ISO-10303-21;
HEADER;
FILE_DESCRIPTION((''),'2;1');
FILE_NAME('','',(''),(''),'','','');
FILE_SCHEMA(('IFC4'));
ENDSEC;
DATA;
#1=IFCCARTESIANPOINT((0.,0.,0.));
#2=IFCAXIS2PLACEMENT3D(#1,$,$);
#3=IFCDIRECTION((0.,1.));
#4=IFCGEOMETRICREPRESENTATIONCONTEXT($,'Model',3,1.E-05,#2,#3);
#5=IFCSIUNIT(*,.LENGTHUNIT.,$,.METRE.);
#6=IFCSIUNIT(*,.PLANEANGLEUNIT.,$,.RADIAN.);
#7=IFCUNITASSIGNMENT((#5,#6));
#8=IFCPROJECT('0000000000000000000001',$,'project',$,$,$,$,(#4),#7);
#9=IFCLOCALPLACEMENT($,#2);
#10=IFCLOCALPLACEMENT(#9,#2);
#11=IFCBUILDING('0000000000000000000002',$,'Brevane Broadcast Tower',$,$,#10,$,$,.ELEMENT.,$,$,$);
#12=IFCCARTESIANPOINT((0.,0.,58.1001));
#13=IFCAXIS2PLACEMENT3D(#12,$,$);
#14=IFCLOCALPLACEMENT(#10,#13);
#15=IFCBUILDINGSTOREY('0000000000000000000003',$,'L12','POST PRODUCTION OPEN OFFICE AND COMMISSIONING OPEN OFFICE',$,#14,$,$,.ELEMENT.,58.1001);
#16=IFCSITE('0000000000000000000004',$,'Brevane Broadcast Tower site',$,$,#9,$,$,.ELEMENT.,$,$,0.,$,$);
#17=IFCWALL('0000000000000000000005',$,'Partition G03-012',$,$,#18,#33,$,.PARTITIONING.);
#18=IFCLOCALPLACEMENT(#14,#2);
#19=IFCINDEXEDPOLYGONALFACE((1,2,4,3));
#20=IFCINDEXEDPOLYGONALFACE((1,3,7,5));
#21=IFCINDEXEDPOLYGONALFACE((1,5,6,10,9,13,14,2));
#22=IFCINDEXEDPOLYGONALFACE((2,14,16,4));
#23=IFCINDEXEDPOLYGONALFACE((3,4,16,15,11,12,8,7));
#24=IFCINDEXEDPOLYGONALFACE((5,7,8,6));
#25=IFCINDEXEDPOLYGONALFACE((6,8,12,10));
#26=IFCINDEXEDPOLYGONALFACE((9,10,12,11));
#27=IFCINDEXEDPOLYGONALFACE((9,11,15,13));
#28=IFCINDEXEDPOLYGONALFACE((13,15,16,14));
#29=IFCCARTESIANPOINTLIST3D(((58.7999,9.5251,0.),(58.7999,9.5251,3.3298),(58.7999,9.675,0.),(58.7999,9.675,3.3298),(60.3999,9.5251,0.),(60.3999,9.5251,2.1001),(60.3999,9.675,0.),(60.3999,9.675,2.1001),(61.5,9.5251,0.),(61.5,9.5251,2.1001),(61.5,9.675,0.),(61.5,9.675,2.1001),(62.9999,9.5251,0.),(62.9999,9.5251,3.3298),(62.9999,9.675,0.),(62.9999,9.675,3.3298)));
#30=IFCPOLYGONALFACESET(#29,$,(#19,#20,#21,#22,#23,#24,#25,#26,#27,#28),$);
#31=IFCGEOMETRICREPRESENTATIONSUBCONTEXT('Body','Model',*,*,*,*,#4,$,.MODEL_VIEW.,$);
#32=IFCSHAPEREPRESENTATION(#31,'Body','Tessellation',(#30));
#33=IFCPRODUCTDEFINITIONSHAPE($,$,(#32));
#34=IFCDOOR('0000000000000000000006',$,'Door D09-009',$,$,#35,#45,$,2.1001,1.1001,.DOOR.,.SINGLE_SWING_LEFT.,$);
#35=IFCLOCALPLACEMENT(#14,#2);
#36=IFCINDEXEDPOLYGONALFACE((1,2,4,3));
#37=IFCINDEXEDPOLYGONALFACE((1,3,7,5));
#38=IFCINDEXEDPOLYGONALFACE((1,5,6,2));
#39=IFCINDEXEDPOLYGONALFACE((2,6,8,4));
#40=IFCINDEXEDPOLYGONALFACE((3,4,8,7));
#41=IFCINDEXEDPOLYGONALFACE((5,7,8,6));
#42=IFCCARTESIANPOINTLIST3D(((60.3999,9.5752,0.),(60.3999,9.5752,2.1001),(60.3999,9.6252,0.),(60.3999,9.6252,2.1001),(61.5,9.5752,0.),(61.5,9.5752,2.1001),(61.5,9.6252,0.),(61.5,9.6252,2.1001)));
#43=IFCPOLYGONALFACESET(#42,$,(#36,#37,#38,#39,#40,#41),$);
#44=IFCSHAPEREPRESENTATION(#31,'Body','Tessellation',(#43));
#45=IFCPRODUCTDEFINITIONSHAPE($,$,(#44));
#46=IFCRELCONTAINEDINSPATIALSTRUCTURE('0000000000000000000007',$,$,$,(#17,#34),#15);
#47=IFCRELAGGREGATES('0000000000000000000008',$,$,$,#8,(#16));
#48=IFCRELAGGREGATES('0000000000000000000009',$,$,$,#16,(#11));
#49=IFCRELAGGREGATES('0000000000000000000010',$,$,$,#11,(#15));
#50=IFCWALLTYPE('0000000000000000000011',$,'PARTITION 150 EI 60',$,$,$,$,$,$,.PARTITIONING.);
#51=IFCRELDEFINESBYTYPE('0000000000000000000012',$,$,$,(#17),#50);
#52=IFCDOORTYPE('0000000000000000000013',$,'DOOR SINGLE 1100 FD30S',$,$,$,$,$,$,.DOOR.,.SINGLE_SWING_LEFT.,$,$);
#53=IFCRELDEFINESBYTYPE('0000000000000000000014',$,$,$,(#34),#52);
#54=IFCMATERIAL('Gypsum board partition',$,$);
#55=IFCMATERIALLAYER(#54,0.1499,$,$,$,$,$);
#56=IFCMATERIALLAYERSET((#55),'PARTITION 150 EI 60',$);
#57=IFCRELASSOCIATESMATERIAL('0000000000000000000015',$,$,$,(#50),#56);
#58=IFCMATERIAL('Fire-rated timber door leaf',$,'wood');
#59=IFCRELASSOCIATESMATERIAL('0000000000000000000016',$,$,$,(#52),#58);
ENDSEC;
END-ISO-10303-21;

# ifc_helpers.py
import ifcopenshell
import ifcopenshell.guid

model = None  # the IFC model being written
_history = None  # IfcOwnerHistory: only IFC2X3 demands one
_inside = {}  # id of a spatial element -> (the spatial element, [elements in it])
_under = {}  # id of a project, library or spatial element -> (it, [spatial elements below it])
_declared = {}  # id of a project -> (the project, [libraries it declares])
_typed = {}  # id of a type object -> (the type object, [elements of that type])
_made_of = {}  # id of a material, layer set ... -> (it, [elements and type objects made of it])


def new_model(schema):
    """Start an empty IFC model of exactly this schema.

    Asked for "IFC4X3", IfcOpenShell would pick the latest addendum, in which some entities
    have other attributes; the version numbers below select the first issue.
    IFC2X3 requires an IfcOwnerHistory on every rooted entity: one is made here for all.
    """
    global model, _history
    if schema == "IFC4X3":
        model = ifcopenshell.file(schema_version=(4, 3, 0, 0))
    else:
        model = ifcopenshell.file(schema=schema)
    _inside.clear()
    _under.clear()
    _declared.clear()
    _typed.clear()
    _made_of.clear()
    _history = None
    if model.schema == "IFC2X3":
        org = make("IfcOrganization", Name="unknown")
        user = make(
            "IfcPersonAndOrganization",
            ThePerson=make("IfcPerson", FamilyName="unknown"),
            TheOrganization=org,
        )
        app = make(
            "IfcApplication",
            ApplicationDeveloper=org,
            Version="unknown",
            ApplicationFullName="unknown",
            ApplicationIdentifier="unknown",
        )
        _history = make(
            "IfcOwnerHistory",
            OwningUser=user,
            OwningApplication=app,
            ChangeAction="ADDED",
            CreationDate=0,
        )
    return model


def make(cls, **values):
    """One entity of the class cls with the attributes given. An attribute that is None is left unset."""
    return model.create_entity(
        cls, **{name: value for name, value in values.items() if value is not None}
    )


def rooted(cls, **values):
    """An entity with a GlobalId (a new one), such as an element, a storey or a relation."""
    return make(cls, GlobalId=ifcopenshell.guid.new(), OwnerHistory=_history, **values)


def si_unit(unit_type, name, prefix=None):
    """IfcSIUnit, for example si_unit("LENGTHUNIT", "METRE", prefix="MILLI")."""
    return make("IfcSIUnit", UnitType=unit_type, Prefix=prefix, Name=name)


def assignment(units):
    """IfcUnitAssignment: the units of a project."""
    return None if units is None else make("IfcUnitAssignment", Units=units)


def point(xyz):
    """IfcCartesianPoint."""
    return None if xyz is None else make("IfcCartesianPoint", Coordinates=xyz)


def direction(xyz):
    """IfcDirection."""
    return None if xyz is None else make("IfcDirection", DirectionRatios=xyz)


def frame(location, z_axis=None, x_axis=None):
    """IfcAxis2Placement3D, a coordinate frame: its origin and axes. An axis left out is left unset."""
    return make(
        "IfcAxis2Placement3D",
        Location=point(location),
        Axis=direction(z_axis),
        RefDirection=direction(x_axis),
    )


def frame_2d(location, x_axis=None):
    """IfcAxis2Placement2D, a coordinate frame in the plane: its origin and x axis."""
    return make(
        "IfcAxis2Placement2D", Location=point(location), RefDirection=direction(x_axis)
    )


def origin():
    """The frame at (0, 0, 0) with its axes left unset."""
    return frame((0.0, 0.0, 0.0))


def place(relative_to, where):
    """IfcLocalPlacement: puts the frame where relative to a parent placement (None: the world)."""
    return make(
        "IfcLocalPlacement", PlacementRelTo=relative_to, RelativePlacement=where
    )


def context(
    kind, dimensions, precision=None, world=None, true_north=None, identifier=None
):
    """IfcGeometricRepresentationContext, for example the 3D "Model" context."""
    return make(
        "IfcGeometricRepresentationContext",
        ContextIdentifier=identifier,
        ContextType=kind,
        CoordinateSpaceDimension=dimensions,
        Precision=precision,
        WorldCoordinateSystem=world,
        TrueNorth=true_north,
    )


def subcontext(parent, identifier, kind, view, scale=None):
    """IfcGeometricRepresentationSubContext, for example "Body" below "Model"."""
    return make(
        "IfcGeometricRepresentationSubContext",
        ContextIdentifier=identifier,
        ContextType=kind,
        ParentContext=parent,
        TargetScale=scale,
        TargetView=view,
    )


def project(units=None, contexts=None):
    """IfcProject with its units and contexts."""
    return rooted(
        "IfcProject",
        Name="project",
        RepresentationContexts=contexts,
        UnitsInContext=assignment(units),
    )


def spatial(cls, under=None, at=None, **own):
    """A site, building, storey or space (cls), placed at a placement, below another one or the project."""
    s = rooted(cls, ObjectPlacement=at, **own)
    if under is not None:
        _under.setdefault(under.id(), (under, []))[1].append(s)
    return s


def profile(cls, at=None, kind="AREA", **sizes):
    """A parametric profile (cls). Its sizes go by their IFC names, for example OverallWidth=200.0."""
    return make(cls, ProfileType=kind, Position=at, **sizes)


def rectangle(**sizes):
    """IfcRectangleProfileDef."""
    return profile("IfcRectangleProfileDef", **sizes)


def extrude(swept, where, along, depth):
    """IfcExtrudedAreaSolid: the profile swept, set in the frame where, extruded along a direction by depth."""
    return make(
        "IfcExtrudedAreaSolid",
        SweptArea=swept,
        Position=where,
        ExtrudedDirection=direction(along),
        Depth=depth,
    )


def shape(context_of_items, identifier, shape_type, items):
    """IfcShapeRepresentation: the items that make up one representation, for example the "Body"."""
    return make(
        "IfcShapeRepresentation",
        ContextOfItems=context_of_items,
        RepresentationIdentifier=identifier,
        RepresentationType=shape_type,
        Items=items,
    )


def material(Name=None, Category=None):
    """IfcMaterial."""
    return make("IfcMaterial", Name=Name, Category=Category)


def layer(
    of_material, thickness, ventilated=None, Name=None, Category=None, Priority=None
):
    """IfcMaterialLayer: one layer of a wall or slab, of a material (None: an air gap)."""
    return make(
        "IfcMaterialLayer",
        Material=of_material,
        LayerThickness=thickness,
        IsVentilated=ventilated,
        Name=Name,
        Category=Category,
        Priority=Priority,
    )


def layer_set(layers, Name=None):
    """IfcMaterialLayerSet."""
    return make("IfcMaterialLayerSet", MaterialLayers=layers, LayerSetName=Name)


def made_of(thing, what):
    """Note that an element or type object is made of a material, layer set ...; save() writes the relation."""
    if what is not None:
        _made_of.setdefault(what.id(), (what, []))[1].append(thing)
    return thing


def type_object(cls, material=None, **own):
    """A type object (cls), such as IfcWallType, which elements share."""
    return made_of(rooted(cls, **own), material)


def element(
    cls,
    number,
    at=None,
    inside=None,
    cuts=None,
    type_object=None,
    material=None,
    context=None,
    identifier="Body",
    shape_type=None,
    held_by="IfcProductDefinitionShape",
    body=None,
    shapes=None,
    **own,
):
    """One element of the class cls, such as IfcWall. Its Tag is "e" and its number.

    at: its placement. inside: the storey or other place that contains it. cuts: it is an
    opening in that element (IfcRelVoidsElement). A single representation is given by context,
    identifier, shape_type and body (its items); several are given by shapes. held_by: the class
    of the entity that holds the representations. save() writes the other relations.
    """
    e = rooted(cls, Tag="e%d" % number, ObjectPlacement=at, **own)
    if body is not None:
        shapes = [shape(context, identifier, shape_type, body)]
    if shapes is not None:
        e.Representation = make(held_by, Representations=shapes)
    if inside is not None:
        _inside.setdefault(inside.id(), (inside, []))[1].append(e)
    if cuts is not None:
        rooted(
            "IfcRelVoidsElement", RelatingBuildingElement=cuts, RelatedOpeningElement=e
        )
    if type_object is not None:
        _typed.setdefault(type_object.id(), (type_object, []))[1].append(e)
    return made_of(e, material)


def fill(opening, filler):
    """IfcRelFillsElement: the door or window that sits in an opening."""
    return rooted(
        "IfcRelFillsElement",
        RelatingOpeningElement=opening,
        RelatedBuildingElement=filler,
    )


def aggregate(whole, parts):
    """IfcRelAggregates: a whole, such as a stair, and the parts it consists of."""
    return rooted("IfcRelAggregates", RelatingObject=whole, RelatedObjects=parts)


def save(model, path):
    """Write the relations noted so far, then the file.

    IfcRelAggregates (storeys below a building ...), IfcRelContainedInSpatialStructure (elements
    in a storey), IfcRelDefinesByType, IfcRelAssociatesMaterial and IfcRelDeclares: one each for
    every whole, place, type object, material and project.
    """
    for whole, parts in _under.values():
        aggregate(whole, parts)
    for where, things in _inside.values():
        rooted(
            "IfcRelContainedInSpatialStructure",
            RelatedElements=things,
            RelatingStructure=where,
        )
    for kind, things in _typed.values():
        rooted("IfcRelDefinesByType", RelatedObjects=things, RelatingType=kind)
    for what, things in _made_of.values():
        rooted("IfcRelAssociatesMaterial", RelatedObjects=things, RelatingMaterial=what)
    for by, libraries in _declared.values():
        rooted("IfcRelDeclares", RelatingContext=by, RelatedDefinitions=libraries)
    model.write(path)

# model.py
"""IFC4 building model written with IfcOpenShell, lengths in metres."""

from ifc_helpers import new_model, si_unit, direction, frame, frame_2d, origin, place, context, subcontext, project, spatial, rectangle, extrude, material, layer, layer_set, type_object, element, fill, save


model = new_model("IFC4")

# Units and contexts
model_context = context("Model", 3, precision=1e-05, world=origin(), true_north=direction((0.0, 1.0)))
body_context = subcontext(model_context, "Body", "Model", "MODEL_VIEW")
ifc_project = project(units=[si_unit("LENGTHUNIT", "METRE"), si_unit("PLANEANGLEUNIT", "RADIAN")], contexts=[model_context])

# Site, building, storey
site_placement = place(None, origin())
site = spatial("IfcSite", under=ifc_project, at=site_placement, Name="Brevane Broadcast Tower site", CompositionType="ELEMENT", RefElevation=0.0)
building_placement = place(site_placement, origin())
building = spatial("IfcBuilding", under=site, at=building_placement, Name="Brevane Broadcast Tower", CompositionType="ELEMENT")
storey_placement = place(building_placement, frame((0.0, 0.0, 58.1001)))
storey = spatial("IfcBuildingStorey", under=building, at=storey_placement, Name="L12", Description="POST PRODUCTION OPEN OFFICE AND COMMISSIONING OPEN OFFICE", CompositionType="ELEMENT", Elevation=58.1001)

# Shared definitions
ifc_material_1 = material(Name="Gypsum board partition")

# Shared definitions
ifc_layer_1 = layer(ifc_material_1, 0.1499)
ifc_layer_set_1 = layer_set([ifc_layer_1], Name="PARTITION 150 EI 60")
wall_type_1 = type_object("IfcWallType", Name="PARTITION 150 EI 60", PredefinedType="PARTITIONING", material=ifc_layer_set_1)
ifc_material_2 = material(Name="Fire-rated timber door leaf", Category="wood")

# Wall, opening, door
wall_1_placement = place(storey_placement, frame((63.0, 9.6001, 0.0), z_axis=(0.0, 0.0, 1.0), x_axis=(-1.0, 0.0, 0.0)))
wall_1 = element("IfcWall", 1, at=wall_1_placement, inside=storey, type_object=wall_type_1, Name="Partition G03-012", PredefinedType="PARTITIONING", context=body_context, shape_type="SweptSolid", body=[
    extrude(rectangle(XDim=4.2, YDim=0.1499, at=frame_2d((2.1001, 0.0))), origin(), (0.0, 0.0, 1.0), 3.3298),
])
opening_1_placement = place(wall_1_placement, frame((1.5, 0.0, 0.0)))
opening_1 = element("IfcOpeningElement", 2, at=opening_1_placement, cuts=wall_1, PredefinedType="OPENING", context=body_context, shape_type="SweptSolid", body=[
    extrude(rectangle(XDim=1.1001, YDim=2.1001, at=frame_2d((0.55, 1.05))), frame((0.0, 0.085, 0.0), z_axis=(0.0, -1.0, 0.0), x_axis=(1.0, 0.0, 0.0)), (0.0, 0.0, 1.0), 0.1699),
])
door_type_1 = type_object("IfcDoorType", Name="DOOR SINGLE 1100 FD30S", OperationType="SINGLE_SWING_LEFT", PredefinedType="DOOR", material=ifc_material_2)
door_1_placement = place(opening_1_placement, origin())
door_1 = element("IfcDoor", 3, at=door_1_placement, inside=storey, type_object=door_type_1, Name="Door D09-009", OperationType="SINGLE_SWING_LEFT", OverallHeight=2.1001, OverallWidth=1.1001, PredefinedType="DOOR", context=body_context, shape_type="SweptSolid", body=[
    extrude(rectangle(XDim=1.1001, YDim=2.1001, at=frame_2d((0.55, 1.05))), frame((0.0, 0.0249, 0.0), z_axis=(0.0, -1.0, 0.0), x_axis=(1.0, 0.0, 0.0)), (0.0, 0.0, 1.0), 0.05),
])
fill(opening_1, door_1)

save(model, "model.ifc")
